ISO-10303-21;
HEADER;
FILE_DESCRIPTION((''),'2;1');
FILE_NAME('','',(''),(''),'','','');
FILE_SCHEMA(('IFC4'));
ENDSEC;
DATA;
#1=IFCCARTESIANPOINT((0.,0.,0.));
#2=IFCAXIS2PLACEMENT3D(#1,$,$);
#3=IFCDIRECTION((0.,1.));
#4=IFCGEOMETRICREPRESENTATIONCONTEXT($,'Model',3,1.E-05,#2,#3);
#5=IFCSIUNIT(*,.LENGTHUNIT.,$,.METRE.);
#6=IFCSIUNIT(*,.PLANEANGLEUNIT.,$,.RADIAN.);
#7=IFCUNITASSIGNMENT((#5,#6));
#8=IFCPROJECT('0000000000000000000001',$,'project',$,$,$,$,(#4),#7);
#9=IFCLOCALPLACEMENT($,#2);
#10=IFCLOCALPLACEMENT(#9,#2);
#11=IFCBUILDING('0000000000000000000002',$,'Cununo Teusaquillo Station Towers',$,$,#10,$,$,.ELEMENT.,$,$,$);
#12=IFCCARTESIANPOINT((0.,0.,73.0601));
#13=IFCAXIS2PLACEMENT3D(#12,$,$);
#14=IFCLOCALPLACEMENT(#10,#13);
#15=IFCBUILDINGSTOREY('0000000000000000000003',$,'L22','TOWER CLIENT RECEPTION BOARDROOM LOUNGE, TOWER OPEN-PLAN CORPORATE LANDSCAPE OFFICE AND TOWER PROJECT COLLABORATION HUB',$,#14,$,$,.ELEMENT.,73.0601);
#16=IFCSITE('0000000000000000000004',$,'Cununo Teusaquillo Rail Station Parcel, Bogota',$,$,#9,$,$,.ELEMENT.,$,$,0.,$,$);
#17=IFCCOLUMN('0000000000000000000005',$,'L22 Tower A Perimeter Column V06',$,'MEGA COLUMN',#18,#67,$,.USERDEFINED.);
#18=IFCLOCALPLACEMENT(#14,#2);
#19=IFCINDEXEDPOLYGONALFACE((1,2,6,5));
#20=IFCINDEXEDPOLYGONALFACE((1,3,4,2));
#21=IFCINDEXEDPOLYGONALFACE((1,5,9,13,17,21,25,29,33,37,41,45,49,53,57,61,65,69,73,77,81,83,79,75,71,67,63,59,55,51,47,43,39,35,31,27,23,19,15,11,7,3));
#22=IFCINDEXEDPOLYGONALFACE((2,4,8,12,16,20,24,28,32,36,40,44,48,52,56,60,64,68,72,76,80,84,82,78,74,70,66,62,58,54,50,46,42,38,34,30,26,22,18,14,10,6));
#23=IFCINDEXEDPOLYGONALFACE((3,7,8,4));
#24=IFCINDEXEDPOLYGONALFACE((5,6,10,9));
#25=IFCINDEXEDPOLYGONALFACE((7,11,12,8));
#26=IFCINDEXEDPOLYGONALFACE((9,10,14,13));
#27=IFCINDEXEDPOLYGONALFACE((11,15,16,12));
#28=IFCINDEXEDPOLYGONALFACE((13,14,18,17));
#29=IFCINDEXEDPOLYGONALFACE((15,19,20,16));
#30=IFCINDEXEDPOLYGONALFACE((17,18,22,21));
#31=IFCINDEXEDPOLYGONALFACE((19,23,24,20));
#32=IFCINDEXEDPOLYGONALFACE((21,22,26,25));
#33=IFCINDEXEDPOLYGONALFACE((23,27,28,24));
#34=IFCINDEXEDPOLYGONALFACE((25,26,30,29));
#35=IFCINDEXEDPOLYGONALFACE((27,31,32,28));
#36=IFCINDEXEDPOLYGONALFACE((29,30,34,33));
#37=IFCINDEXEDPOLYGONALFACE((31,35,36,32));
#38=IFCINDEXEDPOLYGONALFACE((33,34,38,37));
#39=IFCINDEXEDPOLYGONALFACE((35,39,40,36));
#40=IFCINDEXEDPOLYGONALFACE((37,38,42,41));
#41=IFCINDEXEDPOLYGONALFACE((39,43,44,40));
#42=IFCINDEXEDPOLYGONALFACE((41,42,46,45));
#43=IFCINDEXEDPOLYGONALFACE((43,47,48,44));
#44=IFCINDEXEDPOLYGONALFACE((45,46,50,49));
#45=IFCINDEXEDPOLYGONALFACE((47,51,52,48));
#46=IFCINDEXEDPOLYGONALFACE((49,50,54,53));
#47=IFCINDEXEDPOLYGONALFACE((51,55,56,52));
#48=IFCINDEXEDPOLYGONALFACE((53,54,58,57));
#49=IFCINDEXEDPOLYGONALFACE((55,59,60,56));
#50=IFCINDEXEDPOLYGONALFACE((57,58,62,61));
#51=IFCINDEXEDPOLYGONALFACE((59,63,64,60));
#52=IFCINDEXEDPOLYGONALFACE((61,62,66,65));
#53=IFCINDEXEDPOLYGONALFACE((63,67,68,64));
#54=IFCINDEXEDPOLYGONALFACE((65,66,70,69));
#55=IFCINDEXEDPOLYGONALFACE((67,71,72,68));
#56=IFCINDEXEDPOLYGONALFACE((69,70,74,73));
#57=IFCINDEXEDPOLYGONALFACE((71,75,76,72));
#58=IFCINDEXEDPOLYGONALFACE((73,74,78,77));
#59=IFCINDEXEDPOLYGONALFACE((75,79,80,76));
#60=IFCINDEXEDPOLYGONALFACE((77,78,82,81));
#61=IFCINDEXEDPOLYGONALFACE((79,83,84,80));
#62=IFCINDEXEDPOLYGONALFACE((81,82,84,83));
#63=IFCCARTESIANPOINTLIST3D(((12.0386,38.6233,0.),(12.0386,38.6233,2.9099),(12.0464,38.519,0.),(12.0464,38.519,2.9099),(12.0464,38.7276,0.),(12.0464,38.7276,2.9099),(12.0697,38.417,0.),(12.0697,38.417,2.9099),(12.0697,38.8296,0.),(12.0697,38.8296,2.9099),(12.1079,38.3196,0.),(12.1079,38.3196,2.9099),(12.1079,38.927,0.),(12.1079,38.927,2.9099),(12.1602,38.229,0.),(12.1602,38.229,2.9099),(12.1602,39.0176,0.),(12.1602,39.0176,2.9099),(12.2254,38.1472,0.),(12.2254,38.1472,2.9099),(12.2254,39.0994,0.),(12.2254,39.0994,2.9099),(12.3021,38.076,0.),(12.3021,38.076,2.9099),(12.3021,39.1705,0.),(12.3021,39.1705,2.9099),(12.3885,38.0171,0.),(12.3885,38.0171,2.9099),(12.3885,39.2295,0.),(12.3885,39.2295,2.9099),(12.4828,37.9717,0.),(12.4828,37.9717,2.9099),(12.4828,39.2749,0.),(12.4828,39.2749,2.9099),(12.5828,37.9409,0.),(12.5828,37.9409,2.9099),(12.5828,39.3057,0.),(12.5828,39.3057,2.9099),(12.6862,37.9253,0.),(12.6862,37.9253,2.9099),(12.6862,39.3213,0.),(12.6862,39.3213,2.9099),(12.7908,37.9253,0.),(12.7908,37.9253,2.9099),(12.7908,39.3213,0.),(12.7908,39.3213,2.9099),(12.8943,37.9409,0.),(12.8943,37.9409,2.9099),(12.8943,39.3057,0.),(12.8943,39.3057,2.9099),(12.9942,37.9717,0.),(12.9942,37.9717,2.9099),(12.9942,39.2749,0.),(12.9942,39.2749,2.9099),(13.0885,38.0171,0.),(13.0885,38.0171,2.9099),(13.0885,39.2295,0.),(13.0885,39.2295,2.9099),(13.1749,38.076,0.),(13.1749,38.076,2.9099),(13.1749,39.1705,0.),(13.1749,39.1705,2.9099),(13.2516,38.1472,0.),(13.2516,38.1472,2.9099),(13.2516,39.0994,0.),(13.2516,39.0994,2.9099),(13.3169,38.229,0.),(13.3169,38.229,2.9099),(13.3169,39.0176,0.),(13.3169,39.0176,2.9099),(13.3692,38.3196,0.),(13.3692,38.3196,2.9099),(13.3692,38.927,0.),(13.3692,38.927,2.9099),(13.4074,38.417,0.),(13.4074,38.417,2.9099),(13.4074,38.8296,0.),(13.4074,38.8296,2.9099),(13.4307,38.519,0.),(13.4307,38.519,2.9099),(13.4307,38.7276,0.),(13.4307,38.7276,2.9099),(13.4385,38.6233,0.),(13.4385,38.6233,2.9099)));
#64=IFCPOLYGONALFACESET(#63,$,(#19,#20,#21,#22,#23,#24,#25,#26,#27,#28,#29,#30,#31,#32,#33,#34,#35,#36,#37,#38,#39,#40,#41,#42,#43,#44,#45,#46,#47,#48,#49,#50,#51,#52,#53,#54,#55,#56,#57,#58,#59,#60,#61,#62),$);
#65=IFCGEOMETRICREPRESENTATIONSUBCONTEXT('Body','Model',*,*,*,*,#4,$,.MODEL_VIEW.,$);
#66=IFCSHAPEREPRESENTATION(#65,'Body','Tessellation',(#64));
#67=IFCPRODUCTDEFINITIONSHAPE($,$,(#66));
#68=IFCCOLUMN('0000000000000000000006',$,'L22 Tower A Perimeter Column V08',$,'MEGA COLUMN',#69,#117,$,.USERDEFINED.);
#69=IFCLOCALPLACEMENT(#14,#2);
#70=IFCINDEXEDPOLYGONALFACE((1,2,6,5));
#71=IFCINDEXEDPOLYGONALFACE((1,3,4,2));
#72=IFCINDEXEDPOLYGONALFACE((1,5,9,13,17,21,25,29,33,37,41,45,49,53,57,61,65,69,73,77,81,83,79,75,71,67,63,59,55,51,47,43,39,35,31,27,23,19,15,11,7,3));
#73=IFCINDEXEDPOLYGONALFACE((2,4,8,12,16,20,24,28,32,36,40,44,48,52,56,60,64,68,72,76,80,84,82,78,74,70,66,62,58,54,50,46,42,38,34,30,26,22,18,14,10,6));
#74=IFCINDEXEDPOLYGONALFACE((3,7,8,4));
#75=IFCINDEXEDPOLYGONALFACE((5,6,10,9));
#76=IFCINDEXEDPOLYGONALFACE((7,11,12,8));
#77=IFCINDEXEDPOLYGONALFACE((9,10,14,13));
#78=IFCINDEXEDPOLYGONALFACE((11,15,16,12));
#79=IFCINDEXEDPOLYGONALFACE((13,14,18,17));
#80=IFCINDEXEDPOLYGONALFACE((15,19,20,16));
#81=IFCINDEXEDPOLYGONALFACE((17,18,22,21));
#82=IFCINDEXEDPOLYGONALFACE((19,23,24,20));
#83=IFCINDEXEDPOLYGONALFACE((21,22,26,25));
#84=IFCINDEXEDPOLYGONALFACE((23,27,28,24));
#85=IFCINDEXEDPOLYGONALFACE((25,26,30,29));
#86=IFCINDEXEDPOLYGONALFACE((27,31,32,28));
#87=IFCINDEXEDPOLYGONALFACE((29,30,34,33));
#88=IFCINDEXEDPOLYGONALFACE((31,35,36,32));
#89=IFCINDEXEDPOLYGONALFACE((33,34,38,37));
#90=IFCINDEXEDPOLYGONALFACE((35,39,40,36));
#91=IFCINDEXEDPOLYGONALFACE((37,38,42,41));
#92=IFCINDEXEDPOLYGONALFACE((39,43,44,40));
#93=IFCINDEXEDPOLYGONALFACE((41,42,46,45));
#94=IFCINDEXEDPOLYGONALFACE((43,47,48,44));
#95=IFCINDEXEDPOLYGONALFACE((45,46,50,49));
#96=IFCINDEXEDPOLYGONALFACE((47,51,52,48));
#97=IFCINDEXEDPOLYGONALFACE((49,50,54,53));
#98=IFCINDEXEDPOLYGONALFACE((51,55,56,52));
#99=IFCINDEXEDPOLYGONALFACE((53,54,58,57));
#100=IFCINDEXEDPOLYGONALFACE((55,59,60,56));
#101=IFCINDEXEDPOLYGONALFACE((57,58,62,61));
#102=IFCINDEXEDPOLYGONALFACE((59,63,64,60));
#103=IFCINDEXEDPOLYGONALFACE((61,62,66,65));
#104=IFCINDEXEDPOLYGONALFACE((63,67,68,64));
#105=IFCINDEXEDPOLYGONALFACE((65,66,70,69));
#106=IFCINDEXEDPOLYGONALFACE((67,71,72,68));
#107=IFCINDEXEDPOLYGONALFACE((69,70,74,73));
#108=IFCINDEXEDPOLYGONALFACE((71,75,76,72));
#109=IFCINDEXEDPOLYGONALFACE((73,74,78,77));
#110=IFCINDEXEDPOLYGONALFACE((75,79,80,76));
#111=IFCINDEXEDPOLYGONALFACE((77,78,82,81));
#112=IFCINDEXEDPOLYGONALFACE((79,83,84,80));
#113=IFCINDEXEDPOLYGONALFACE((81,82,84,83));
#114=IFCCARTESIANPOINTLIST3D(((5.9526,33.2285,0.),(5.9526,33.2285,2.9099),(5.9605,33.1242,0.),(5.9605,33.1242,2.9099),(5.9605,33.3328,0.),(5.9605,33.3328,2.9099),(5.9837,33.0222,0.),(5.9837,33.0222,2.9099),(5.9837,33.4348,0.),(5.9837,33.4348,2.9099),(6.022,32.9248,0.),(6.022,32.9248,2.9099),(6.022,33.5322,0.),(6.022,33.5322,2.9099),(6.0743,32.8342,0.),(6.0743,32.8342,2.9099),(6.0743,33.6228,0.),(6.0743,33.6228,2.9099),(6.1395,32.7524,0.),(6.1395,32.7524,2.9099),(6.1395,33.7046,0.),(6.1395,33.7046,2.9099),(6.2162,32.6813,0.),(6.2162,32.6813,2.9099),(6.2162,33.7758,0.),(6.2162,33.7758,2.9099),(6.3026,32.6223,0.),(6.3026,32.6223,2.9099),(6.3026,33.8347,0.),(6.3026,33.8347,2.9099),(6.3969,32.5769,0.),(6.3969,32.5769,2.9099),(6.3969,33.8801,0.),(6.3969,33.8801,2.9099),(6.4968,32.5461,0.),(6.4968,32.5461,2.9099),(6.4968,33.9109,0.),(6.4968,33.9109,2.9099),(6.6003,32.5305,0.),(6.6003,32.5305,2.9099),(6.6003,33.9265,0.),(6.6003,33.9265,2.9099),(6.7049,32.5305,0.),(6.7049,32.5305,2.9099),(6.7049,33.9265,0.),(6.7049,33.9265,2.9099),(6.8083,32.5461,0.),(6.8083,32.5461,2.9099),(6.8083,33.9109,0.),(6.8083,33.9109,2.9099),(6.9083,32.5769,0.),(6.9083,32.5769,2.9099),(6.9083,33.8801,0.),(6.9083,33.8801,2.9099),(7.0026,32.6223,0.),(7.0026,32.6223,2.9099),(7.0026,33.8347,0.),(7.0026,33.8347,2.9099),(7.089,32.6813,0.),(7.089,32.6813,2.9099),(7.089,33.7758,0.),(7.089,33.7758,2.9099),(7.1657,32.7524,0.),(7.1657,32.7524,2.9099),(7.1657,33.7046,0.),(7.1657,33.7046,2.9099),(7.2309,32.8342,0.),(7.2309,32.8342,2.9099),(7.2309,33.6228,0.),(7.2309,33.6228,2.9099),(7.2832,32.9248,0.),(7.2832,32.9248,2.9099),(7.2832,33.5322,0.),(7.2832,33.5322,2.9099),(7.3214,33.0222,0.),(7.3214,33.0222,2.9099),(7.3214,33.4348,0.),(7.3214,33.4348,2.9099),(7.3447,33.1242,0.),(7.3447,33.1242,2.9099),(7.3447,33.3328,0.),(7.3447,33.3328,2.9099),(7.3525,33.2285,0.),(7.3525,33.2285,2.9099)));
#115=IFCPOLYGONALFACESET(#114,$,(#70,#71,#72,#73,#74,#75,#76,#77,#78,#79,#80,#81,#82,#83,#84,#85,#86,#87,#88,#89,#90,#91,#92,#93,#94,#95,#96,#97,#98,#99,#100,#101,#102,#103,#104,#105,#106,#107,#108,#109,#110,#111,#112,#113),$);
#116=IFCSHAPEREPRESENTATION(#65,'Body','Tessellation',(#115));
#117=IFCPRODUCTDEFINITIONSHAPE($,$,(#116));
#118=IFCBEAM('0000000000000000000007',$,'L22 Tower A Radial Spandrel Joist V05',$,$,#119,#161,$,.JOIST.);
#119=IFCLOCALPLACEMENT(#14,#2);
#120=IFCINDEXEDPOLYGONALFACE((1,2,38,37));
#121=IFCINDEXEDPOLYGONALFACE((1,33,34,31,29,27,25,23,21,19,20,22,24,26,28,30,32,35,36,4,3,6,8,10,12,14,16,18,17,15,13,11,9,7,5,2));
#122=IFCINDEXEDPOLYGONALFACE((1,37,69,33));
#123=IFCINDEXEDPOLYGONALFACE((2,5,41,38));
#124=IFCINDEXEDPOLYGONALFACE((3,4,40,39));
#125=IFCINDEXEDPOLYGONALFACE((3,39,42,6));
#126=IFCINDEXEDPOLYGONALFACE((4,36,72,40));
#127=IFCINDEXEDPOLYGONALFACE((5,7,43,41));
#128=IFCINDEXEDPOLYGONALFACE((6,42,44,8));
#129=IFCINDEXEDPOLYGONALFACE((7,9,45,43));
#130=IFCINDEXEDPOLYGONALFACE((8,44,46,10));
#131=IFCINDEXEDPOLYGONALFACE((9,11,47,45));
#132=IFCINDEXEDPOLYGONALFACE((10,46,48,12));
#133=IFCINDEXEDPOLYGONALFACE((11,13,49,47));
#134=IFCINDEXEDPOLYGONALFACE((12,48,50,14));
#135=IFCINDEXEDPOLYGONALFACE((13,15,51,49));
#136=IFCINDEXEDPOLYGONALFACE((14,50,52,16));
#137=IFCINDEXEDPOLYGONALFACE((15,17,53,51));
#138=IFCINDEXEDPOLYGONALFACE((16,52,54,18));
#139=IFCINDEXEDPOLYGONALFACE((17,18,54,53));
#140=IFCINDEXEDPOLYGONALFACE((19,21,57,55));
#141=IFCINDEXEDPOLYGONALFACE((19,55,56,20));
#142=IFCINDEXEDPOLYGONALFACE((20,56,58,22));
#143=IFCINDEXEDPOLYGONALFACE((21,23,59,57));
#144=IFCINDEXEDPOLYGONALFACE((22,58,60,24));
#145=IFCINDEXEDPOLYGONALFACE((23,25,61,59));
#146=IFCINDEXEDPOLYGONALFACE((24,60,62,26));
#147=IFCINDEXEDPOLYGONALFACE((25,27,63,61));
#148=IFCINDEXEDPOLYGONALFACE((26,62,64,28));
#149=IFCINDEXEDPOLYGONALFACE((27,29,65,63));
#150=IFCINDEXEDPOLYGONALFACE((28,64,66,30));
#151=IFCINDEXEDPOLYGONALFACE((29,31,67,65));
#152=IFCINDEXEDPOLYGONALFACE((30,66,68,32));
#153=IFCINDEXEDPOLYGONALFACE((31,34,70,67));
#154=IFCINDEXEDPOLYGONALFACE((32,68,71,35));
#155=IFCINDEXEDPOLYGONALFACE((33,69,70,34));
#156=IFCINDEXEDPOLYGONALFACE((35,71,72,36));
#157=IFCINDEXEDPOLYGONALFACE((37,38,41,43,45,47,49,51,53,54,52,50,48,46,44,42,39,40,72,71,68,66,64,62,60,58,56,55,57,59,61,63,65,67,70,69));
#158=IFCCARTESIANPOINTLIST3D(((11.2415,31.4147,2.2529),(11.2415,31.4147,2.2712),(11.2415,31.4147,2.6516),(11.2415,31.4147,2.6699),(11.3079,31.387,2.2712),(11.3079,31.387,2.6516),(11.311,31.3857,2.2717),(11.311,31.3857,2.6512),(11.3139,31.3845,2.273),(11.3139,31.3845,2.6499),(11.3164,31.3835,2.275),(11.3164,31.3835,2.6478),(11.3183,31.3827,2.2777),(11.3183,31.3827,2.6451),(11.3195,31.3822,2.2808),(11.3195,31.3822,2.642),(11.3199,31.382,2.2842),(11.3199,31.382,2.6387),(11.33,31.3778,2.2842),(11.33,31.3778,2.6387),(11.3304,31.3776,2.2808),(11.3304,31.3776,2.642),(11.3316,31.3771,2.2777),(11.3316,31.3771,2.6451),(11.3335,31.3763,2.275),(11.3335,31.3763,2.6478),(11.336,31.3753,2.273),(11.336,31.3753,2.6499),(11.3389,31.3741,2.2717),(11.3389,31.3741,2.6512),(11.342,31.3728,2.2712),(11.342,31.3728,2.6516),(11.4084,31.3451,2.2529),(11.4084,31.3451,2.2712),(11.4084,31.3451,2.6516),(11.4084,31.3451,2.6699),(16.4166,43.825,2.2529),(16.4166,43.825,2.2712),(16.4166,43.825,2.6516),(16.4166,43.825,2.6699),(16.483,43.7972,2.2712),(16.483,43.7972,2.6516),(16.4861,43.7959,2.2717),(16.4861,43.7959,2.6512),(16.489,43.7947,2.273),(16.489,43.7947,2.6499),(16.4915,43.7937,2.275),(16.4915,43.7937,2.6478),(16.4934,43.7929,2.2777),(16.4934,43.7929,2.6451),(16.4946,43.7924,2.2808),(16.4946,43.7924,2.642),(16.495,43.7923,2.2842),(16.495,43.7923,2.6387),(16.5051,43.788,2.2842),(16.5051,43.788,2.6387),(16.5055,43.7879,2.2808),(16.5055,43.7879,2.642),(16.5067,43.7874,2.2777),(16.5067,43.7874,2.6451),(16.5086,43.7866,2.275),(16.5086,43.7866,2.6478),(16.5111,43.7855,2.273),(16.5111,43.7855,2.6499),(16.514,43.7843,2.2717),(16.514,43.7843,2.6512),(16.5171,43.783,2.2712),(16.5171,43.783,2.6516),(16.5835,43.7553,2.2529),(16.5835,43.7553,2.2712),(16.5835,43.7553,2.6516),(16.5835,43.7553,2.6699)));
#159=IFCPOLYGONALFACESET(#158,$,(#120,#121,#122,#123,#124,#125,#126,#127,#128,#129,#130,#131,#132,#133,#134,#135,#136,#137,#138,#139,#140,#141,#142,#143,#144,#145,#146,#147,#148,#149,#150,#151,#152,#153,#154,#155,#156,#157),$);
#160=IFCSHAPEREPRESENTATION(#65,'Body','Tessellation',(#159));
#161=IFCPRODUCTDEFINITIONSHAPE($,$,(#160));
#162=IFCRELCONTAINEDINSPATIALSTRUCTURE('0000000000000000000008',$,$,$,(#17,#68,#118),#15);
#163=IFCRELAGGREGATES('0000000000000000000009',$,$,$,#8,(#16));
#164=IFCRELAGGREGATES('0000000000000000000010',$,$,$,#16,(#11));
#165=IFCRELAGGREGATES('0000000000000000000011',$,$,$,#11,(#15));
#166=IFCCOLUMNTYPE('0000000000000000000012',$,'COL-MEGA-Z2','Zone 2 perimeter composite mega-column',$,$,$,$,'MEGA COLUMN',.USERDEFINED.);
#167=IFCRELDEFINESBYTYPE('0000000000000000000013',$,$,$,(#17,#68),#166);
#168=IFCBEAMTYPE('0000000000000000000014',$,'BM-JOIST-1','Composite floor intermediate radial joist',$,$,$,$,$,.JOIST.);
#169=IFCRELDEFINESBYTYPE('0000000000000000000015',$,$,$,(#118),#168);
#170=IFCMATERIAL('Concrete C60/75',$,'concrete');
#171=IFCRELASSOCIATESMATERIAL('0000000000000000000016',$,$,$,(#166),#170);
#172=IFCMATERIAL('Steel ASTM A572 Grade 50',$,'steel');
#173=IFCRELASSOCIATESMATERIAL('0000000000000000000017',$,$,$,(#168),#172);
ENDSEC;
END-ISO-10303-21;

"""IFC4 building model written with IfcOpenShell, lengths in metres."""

from ifc_helpers import new_model, si_unit, direction, frame, origin, origin_2d, place, context, subcontext, project, spatial, circle, i_section, extrude, material, material_profile, profile_set, type_object, element, save


model = new_model("IFC4")

# Units and contexts
model_context = context("Model", 3, precision=1e-05, world=origin(), true_north=direction((0.0, 1.0)))
body_context = subcontext(model_context, "Body", "Model", "MODEL_VIEW")
ifc_project = project(units=[si_unit("LENGTHUNIT", "METRE"), si_unit("PLANEANGLEUNIT", "RADIAN")], contexts=[model_context])

# Site, building, storey
site_placement = place(None, origin())
site = spatial("IfcSite", under=ifc_project, at=site_placement, Name="Cununo Teusaquillo Rail Station Parcel, Bogota", CompositionType="ELEMENT", RefElevation=0.0)
building_placement = place(site_placement, origin())
building = spatial("IfcBuilding", under=site, at=building_placement, Name="Cununo Teusaquillo Station Towers", CompositionType="ELEMENT")
storey_placement = place(building_placement, frame((0.0, 0.0, 73.0601)))
storey = spatial("IfcBuildingStorey", under=building, at=storey_placement, Name="L22", Description="TOWER CLIENT RECEPTION BOARDROOM LOUNGE, TOWER OPEN-PLAN CORPORATE LANDSCAPE OFFICE AND TOWER PROJECT COLLABORATION HUB", CompositionType="ELEMENT", Elevation=73.0601)

# Columns
ifc_material_1 = material(Name="Concrete C60/75", Category="concrete")
ifc_material_profile_1 = material_profile(ifc_material_1, circle(Radius=0.7, at=origin_2d()), Name="RC-CIRC-1400")
ifc_profile_set_1 = profile_set([ifc_material_profile_1], Name="Concrete C60/75")
column_type = type_object("IfcColumnType", Name="COL-MEGA-Z2", Description="Zone 2 perimeter composite mega-column", ElementType="MEGA COLUMN", PredefinedType="USERDEFINED", material=ifc_profile_set_1)
for number, where, z_axis, x_axis, name in (
    (1, (12.7385, 38.6233, 0.0), (0.0, 0.0, 1.0), (1.0, 0.0, 0.0), "L22 Tower A Perimeter Column V06"),
    (2, (6.6526, 33.2285, 0.0), (0.0, 0.0, 1.0), (1.0, 0.0, 0.0), "L22 Tower A Perimeter Column V08"),
):
    element("IfcColumn", number, at=place(storey_placement, frame(where, z_axis=z_axis, x_axis=x_axis)), inside=storey, type_object=column_type, Name=name, ObjectType="MEGA COLUMN", PredefinedType="USERDEFINED", context=body_context, shape_type="SweptSolid", body=[
        extrude(circle(Radius=0.7, at=origin_2d()), origin(), (0.0, 0.0, 1.0), 2.9099),
    ])

# Beam
ifc_material_2 = material(Name="Steel ASTM A572 Grade 50", Category="steel")
ifc_material_profile_2 = material_profile(ifc_material_2, i_section(OverallWidth=0.1809, OverallDepth=0.417, WebThickness=0.011, FlangeThickness=0.0183, FilletRadius=0.0129, at=origin_2d()), Name="W16X57")
ifc_profile_set_2 = profile_set([ifc_material_profile_2], Name="Steel ASTM A572 Grade 50")
beam_type_1 = type_object("IfcBeamType", Name="BM-JOIST-1", Description="Composite floor intermediate radial joist", PredefinedType="JOIST", material=ifc_profile_set_2)
beam_1_placement = place(storey_placement, frame((11.325, 31.3799, 2.4614), z_axis=(0.384878, 0.922967, 0.0), x_axis=(-0.922967, 0.384878, 0.0)))
element("IfcBeam", 3, at=beam_1_placement, inside=storey, type_object=beam_type_1, Name="L22 Tower A Radial Spandrel Joist V05", PredefinedType="JOIST", context=body_context, shape_type="SweptSolid", body=[
    extrude(i_section(OverallWidth=0.1809, OverallDepth=0.417, WebThickness=0.011, FlangeThickness=0.0183, FilletRadius=0.0129, at=origin_2d()), origin(), (0.0, 0.0, 1.0), 13.446),
])

save(model, "model.ifc")
